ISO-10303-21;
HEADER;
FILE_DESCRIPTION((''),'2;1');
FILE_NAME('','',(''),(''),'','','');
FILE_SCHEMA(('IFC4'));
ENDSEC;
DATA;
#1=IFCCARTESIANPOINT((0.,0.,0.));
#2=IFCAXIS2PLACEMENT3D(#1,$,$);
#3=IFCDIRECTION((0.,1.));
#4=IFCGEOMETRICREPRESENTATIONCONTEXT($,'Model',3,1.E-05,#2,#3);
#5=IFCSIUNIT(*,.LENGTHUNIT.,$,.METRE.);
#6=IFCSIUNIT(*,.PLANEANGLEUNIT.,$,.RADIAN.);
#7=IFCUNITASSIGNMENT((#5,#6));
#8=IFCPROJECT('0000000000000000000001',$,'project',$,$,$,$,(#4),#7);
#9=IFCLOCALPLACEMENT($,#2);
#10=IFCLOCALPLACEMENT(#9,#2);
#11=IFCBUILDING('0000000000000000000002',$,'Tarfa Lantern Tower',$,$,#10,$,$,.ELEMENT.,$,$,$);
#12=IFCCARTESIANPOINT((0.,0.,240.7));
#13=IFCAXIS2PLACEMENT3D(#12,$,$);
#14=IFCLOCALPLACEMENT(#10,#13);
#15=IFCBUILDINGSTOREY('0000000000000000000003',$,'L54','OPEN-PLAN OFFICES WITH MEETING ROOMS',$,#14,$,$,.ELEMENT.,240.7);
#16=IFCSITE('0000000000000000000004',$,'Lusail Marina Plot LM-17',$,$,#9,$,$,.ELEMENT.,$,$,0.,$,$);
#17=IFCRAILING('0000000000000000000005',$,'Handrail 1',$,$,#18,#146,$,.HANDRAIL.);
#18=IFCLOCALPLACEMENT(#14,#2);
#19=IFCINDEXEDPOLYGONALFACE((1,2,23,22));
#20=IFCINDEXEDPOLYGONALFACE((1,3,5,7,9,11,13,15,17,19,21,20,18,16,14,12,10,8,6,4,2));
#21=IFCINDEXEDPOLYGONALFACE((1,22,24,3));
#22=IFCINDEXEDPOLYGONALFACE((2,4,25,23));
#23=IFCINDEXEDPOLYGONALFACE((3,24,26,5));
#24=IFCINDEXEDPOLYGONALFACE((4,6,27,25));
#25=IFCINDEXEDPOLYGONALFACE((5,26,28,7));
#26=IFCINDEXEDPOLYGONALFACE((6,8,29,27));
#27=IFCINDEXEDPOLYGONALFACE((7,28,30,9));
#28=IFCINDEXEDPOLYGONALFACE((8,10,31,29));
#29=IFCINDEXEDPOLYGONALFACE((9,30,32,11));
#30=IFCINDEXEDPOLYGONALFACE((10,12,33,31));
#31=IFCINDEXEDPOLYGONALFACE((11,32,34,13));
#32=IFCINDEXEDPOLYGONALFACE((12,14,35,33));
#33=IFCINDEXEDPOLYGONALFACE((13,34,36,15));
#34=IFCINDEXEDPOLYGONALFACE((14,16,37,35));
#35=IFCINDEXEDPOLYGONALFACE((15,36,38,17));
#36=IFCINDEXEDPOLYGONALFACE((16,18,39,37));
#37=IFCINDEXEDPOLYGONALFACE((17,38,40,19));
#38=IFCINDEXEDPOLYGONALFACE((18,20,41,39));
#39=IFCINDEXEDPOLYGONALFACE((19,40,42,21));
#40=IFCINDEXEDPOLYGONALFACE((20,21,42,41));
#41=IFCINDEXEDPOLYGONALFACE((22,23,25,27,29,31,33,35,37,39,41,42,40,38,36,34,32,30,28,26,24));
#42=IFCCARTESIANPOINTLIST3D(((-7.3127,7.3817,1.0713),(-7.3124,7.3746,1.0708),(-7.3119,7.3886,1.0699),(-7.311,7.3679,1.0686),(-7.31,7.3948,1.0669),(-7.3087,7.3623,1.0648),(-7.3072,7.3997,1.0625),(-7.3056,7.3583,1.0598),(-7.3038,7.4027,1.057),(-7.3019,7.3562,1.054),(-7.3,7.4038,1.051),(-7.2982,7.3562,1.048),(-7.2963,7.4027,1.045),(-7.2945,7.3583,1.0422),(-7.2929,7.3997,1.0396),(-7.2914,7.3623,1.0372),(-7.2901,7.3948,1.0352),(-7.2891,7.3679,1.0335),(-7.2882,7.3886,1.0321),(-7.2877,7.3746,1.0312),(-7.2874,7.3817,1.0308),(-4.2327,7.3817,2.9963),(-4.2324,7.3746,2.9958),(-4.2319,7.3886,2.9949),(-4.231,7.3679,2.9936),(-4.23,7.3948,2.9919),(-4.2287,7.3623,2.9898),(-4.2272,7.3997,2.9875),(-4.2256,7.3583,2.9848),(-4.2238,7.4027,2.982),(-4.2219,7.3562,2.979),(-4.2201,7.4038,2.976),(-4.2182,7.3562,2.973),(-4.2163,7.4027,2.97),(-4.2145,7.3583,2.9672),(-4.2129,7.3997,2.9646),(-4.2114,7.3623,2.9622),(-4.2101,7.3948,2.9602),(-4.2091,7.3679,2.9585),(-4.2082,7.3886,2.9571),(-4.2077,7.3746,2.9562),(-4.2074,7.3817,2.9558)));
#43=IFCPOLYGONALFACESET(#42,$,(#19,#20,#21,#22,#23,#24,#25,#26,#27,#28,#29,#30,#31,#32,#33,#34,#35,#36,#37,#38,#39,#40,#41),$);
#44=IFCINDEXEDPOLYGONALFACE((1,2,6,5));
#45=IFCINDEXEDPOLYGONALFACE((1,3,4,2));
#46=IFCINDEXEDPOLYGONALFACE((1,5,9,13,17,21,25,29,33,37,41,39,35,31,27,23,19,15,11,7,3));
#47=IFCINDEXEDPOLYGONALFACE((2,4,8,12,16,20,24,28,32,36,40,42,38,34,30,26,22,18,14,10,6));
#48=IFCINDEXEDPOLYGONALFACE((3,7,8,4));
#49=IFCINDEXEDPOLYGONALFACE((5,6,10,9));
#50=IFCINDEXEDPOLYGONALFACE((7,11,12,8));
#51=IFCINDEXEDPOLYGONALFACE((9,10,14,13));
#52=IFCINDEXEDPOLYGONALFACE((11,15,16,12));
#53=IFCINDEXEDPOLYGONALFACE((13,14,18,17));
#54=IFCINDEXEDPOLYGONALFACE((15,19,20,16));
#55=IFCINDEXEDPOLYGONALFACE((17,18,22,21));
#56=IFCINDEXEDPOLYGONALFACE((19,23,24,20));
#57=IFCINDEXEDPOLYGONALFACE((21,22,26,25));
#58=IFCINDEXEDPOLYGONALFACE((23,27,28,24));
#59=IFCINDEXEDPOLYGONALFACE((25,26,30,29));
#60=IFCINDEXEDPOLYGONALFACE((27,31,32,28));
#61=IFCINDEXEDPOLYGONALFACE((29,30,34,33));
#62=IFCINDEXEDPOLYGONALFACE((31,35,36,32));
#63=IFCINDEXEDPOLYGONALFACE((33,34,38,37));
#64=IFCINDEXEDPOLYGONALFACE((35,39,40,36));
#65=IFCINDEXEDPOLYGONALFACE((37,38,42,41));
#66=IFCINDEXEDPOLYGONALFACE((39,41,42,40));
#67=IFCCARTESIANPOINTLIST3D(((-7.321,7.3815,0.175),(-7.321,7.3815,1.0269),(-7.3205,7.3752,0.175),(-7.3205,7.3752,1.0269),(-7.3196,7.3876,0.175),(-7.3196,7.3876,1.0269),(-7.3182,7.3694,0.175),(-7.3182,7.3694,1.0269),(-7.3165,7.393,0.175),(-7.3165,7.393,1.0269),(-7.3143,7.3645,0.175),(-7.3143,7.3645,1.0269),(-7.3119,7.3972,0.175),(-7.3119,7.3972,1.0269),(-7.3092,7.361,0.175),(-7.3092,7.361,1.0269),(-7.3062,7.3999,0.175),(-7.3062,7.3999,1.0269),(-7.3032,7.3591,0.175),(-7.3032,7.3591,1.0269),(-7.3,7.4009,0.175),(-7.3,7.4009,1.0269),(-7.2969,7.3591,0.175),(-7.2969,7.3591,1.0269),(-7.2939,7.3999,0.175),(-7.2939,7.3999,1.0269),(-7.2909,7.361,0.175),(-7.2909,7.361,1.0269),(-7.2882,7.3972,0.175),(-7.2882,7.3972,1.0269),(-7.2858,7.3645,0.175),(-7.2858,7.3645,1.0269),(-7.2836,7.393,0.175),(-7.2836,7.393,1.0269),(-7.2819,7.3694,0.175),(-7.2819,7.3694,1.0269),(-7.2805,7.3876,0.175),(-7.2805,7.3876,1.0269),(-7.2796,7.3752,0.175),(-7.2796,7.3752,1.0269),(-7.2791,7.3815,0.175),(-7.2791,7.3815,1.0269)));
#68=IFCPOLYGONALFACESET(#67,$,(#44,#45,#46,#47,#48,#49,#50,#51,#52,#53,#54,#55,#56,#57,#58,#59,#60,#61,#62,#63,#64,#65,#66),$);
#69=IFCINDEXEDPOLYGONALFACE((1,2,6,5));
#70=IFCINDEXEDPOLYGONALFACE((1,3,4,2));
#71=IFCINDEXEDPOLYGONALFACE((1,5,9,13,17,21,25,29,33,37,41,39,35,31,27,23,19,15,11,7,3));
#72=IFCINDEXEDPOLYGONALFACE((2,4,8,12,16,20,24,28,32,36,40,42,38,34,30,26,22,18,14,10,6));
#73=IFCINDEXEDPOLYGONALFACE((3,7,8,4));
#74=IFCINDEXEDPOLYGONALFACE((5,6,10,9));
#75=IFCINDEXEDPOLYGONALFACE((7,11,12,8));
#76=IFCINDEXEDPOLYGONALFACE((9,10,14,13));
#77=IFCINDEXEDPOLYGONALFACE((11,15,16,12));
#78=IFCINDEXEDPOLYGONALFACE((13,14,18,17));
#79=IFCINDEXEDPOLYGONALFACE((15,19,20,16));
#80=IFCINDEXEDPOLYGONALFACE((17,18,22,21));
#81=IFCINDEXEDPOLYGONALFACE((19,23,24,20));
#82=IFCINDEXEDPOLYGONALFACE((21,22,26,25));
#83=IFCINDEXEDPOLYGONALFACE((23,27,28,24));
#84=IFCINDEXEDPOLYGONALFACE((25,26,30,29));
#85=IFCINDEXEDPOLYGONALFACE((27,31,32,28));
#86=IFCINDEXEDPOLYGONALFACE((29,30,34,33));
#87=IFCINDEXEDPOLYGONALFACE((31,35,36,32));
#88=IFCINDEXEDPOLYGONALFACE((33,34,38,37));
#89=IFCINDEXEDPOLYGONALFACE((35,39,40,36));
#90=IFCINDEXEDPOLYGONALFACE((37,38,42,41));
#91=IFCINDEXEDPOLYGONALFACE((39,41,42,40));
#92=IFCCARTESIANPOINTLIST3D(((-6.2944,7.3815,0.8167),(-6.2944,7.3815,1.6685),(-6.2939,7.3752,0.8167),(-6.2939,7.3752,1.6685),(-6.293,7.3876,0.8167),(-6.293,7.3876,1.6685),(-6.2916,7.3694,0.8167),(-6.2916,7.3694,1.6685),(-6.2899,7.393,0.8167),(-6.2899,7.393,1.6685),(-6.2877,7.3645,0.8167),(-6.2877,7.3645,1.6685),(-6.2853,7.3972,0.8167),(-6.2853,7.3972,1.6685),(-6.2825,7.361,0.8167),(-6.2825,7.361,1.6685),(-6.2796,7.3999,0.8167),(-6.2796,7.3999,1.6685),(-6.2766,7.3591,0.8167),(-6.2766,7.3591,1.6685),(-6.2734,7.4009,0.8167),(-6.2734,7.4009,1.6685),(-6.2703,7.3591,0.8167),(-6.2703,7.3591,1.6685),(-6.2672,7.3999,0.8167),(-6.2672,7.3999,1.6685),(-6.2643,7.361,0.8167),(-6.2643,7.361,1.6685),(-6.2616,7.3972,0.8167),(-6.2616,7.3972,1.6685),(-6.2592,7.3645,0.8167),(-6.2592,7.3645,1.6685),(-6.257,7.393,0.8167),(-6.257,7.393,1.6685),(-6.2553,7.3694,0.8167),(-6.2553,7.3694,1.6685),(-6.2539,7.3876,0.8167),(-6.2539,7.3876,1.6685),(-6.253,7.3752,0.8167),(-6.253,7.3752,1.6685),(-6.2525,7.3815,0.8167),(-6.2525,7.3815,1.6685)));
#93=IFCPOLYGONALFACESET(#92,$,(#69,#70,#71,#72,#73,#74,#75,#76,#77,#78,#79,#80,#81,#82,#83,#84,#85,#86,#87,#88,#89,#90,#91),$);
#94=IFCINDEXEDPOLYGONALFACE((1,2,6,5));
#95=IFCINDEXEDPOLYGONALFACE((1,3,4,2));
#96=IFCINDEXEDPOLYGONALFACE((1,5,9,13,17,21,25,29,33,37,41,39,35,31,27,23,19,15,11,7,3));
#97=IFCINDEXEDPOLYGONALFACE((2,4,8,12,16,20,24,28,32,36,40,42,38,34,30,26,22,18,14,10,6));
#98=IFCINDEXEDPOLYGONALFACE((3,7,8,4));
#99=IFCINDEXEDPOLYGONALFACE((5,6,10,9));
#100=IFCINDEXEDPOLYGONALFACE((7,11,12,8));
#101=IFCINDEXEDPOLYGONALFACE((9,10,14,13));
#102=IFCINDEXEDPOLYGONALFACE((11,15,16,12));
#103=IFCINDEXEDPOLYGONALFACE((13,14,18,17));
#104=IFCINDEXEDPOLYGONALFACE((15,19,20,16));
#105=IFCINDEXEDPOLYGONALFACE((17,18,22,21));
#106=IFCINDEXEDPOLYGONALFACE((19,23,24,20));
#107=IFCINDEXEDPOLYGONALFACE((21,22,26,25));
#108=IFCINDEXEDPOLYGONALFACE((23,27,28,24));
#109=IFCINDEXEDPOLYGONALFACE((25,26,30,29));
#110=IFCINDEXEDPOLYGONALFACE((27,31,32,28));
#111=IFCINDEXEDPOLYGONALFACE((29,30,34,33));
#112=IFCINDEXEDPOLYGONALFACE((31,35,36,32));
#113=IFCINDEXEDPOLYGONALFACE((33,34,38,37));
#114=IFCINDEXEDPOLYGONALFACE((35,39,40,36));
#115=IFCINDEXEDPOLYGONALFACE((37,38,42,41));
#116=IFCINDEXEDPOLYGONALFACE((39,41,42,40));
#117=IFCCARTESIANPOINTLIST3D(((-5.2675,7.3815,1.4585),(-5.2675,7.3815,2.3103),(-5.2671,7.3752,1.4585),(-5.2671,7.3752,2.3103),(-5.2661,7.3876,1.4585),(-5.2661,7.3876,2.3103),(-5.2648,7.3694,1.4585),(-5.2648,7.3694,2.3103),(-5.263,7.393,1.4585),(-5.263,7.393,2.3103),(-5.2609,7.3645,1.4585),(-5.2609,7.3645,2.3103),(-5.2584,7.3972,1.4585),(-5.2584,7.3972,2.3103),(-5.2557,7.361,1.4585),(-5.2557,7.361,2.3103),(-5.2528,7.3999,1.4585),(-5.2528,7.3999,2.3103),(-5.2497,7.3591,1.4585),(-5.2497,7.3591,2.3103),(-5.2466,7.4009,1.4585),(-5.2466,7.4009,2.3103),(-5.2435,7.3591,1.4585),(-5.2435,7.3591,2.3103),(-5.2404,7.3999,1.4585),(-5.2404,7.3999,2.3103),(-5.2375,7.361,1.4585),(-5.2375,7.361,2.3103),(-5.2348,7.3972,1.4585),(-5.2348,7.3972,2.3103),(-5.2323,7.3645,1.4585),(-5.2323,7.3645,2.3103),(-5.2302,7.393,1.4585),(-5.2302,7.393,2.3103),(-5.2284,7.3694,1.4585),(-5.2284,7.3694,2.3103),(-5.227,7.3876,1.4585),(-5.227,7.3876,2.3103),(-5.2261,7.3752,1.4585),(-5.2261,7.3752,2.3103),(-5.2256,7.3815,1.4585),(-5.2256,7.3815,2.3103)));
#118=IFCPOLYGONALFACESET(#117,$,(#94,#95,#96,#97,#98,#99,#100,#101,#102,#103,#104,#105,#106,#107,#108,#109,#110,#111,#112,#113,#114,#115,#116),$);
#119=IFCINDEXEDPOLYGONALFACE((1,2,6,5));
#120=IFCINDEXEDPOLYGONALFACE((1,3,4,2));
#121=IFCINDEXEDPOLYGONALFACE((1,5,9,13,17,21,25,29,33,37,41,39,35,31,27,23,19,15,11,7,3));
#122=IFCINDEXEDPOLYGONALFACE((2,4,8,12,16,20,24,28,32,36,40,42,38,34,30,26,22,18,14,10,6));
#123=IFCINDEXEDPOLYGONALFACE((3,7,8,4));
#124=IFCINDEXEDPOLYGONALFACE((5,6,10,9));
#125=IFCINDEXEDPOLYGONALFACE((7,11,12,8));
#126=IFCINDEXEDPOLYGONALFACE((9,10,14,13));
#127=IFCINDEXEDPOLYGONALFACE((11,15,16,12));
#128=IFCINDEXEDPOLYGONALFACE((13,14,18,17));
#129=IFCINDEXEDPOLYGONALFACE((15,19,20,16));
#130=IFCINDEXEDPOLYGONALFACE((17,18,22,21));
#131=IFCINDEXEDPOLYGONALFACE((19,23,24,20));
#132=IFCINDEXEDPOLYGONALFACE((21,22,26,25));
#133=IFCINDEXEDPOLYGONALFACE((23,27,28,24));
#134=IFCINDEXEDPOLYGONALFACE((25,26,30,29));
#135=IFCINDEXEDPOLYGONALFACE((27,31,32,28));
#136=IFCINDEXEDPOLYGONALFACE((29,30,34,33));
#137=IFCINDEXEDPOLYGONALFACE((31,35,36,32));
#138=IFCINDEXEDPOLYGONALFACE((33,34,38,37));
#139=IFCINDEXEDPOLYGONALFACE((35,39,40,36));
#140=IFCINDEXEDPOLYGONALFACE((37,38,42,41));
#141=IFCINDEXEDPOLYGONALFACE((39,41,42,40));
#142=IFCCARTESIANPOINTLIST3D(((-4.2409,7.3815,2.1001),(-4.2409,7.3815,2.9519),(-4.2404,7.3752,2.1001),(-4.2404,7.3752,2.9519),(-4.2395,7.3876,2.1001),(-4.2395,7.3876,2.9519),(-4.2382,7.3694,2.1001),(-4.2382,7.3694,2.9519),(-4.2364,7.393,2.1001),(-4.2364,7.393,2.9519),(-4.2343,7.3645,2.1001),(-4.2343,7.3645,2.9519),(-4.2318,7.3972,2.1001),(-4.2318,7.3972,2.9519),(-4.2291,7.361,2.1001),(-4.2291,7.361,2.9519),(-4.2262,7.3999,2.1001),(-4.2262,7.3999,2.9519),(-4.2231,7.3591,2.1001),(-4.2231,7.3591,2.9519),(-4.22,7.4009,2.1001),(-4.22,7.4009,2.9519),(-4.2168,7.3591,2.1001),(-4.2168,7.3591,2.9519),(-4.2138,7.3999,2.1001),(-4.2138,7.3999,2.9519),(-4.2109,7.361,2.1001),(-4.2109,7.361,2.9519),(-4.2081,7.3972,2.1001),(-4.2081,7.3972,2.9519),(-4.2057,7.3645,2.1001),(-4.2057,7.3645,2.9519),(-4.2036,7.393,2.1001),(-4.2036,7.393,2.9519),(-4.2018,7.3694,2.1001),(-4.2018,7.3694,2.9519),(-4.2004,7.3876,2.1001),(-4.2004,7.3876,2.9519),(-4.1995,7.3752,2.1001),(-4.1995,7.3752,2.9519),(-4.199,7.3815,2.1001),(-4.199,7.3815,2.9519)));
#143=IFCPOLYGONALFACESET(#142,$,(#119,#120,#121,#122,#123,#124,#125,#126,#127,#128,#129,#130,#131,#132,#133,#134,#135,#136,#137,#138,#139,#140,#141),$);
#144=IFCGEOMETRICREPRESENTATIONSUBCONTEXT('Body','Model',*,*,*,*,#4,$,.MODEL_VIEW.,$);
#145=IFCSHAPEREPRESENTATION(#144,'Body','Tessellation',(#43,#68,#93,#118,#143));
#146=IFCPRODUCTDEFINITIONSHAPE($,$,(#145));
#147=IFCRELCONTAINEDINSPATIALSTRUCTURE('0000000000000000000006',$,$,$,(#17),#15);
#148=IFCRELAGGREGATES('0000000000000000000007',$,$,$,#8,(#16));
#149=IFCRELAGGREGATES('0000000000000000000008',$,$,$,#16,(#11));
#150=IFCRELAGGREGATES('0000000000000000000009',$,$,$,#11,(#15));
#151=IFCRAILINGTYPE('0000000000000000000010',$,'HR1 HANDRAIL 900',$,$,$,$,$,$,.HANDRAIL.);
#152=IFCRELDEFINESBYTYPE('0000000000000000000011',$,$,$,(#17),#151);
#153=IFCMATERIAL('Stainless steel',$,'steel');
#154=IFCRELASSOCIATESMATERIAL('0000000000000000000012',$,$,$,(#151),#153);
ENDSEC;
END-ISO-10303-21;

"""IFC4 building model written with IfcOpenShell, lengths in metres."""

from ifc_helpers import new_model, si_unit, direction, frame, origin, origin_2d, place, context, subcontext, project, spatial, circle, extrude, material, type_object, element, save


model = new_model("IFC4")

# Units and contexts
model_context = context("Model", 3, precision=1e-05, world=origin(), true_north=direction((0.0, 1.0)))
body_context = subcontext(model_context, "Body", "Model", "MODEL_VIEW")
ifc_project = project(units=[si_unit("LENGTHUNIT", "METRE"), si_unit("PLANEANGLEUNIT", "RADIAN")], contexts=[model_context])

# Site, building, storey
site_placement = place(None, origin())
site = spatial("IfcSite", under=ifc_project, at=site_placement, Name="Lusail Marina Plot LM-17", CompositionType="ELEMENT", RefElevation=0.0)
building_placement = place(site_placement, origin())
building = spatial("IfcBuilding", under=site, at=building_placement, Name="Tarfa Lantern Tower", CompositionType="ELEMENT")
storey_placement = place(building_placement, frame((0.0, 0.0, 240.7)))
storey = spatial("IfcBuildingStorey", under=building, at=storey_placement, Name="L54", Description="OPEN-PLAN OFFICES WITH MEETING ROOMS", CompositionType="ELEMENT", Elevation=240.7)

# Railing
ifc_material_1 = material(Name="Stainless steel", Category="steel")
railing_type = type_object("IfcRailingType", Name="HR1 HANDRAIL 900", PredefinedType="HANDRAIL", material=ifc_material_1)
railing_1_placement = place(storey_placement, frame((-7.3, 7.3799, 0.175)))
element("IfcRailing", 1, at=railing_1_placement, inside=storey, type_object=railing_type, Name="Handrail 1", PredefinedType="HANDRAIL", context=body_context, shape_type="SweptSolid", body=[
    extrude(circle(Radius=0.0239, at=origin_2d()), frame((0.0, 0.0, 0.876), z_axis=(0.847998, 0.0, 0.529999), x_axis=(0.0, 1.0, 0.0)), (0.0, 0.0, 1.0), 3.6321),
    extrude(circle(Radius=0.021, at=origin_2d()), frame((0.0, 0.0, 0.0), z_axis=(0.0, 0.0, 1.0), x_axis=(0.0, 1.0, 0.0)), (0.0, 0.0, 1.0), 0.8518),
    extrude(circle(Radius=0.021, at=origin_2d()), frame((1.0266, 0.0, 0.6416), z_axis=(0.0, 0.0, 1.0), x_axis=(0.0, 1.0, 0.0)), (0.0, 0.0, 1.0), 0.8518),
    extrude(circle(Radius=0.021, at=origin_2d()), frame((2.0535, 0.0, 1.2834), z_axis=(0.0, 0.0, 1.0), x_axis=(0.0, 1.0, 0.0)), (0.0, 0.0, 1.0), 0.8518),
    extrude(circle(Radius=0.021, at=origin_2d()), frame((3.0801, 0.0, 1.925), z_axis=(0.0, 0.0, 1.0), x_axis=(0.0, 1.0, 0.0)), (0.0, 0.0, 1.0), 0.8518),
])

save(model, "model.ifc")
